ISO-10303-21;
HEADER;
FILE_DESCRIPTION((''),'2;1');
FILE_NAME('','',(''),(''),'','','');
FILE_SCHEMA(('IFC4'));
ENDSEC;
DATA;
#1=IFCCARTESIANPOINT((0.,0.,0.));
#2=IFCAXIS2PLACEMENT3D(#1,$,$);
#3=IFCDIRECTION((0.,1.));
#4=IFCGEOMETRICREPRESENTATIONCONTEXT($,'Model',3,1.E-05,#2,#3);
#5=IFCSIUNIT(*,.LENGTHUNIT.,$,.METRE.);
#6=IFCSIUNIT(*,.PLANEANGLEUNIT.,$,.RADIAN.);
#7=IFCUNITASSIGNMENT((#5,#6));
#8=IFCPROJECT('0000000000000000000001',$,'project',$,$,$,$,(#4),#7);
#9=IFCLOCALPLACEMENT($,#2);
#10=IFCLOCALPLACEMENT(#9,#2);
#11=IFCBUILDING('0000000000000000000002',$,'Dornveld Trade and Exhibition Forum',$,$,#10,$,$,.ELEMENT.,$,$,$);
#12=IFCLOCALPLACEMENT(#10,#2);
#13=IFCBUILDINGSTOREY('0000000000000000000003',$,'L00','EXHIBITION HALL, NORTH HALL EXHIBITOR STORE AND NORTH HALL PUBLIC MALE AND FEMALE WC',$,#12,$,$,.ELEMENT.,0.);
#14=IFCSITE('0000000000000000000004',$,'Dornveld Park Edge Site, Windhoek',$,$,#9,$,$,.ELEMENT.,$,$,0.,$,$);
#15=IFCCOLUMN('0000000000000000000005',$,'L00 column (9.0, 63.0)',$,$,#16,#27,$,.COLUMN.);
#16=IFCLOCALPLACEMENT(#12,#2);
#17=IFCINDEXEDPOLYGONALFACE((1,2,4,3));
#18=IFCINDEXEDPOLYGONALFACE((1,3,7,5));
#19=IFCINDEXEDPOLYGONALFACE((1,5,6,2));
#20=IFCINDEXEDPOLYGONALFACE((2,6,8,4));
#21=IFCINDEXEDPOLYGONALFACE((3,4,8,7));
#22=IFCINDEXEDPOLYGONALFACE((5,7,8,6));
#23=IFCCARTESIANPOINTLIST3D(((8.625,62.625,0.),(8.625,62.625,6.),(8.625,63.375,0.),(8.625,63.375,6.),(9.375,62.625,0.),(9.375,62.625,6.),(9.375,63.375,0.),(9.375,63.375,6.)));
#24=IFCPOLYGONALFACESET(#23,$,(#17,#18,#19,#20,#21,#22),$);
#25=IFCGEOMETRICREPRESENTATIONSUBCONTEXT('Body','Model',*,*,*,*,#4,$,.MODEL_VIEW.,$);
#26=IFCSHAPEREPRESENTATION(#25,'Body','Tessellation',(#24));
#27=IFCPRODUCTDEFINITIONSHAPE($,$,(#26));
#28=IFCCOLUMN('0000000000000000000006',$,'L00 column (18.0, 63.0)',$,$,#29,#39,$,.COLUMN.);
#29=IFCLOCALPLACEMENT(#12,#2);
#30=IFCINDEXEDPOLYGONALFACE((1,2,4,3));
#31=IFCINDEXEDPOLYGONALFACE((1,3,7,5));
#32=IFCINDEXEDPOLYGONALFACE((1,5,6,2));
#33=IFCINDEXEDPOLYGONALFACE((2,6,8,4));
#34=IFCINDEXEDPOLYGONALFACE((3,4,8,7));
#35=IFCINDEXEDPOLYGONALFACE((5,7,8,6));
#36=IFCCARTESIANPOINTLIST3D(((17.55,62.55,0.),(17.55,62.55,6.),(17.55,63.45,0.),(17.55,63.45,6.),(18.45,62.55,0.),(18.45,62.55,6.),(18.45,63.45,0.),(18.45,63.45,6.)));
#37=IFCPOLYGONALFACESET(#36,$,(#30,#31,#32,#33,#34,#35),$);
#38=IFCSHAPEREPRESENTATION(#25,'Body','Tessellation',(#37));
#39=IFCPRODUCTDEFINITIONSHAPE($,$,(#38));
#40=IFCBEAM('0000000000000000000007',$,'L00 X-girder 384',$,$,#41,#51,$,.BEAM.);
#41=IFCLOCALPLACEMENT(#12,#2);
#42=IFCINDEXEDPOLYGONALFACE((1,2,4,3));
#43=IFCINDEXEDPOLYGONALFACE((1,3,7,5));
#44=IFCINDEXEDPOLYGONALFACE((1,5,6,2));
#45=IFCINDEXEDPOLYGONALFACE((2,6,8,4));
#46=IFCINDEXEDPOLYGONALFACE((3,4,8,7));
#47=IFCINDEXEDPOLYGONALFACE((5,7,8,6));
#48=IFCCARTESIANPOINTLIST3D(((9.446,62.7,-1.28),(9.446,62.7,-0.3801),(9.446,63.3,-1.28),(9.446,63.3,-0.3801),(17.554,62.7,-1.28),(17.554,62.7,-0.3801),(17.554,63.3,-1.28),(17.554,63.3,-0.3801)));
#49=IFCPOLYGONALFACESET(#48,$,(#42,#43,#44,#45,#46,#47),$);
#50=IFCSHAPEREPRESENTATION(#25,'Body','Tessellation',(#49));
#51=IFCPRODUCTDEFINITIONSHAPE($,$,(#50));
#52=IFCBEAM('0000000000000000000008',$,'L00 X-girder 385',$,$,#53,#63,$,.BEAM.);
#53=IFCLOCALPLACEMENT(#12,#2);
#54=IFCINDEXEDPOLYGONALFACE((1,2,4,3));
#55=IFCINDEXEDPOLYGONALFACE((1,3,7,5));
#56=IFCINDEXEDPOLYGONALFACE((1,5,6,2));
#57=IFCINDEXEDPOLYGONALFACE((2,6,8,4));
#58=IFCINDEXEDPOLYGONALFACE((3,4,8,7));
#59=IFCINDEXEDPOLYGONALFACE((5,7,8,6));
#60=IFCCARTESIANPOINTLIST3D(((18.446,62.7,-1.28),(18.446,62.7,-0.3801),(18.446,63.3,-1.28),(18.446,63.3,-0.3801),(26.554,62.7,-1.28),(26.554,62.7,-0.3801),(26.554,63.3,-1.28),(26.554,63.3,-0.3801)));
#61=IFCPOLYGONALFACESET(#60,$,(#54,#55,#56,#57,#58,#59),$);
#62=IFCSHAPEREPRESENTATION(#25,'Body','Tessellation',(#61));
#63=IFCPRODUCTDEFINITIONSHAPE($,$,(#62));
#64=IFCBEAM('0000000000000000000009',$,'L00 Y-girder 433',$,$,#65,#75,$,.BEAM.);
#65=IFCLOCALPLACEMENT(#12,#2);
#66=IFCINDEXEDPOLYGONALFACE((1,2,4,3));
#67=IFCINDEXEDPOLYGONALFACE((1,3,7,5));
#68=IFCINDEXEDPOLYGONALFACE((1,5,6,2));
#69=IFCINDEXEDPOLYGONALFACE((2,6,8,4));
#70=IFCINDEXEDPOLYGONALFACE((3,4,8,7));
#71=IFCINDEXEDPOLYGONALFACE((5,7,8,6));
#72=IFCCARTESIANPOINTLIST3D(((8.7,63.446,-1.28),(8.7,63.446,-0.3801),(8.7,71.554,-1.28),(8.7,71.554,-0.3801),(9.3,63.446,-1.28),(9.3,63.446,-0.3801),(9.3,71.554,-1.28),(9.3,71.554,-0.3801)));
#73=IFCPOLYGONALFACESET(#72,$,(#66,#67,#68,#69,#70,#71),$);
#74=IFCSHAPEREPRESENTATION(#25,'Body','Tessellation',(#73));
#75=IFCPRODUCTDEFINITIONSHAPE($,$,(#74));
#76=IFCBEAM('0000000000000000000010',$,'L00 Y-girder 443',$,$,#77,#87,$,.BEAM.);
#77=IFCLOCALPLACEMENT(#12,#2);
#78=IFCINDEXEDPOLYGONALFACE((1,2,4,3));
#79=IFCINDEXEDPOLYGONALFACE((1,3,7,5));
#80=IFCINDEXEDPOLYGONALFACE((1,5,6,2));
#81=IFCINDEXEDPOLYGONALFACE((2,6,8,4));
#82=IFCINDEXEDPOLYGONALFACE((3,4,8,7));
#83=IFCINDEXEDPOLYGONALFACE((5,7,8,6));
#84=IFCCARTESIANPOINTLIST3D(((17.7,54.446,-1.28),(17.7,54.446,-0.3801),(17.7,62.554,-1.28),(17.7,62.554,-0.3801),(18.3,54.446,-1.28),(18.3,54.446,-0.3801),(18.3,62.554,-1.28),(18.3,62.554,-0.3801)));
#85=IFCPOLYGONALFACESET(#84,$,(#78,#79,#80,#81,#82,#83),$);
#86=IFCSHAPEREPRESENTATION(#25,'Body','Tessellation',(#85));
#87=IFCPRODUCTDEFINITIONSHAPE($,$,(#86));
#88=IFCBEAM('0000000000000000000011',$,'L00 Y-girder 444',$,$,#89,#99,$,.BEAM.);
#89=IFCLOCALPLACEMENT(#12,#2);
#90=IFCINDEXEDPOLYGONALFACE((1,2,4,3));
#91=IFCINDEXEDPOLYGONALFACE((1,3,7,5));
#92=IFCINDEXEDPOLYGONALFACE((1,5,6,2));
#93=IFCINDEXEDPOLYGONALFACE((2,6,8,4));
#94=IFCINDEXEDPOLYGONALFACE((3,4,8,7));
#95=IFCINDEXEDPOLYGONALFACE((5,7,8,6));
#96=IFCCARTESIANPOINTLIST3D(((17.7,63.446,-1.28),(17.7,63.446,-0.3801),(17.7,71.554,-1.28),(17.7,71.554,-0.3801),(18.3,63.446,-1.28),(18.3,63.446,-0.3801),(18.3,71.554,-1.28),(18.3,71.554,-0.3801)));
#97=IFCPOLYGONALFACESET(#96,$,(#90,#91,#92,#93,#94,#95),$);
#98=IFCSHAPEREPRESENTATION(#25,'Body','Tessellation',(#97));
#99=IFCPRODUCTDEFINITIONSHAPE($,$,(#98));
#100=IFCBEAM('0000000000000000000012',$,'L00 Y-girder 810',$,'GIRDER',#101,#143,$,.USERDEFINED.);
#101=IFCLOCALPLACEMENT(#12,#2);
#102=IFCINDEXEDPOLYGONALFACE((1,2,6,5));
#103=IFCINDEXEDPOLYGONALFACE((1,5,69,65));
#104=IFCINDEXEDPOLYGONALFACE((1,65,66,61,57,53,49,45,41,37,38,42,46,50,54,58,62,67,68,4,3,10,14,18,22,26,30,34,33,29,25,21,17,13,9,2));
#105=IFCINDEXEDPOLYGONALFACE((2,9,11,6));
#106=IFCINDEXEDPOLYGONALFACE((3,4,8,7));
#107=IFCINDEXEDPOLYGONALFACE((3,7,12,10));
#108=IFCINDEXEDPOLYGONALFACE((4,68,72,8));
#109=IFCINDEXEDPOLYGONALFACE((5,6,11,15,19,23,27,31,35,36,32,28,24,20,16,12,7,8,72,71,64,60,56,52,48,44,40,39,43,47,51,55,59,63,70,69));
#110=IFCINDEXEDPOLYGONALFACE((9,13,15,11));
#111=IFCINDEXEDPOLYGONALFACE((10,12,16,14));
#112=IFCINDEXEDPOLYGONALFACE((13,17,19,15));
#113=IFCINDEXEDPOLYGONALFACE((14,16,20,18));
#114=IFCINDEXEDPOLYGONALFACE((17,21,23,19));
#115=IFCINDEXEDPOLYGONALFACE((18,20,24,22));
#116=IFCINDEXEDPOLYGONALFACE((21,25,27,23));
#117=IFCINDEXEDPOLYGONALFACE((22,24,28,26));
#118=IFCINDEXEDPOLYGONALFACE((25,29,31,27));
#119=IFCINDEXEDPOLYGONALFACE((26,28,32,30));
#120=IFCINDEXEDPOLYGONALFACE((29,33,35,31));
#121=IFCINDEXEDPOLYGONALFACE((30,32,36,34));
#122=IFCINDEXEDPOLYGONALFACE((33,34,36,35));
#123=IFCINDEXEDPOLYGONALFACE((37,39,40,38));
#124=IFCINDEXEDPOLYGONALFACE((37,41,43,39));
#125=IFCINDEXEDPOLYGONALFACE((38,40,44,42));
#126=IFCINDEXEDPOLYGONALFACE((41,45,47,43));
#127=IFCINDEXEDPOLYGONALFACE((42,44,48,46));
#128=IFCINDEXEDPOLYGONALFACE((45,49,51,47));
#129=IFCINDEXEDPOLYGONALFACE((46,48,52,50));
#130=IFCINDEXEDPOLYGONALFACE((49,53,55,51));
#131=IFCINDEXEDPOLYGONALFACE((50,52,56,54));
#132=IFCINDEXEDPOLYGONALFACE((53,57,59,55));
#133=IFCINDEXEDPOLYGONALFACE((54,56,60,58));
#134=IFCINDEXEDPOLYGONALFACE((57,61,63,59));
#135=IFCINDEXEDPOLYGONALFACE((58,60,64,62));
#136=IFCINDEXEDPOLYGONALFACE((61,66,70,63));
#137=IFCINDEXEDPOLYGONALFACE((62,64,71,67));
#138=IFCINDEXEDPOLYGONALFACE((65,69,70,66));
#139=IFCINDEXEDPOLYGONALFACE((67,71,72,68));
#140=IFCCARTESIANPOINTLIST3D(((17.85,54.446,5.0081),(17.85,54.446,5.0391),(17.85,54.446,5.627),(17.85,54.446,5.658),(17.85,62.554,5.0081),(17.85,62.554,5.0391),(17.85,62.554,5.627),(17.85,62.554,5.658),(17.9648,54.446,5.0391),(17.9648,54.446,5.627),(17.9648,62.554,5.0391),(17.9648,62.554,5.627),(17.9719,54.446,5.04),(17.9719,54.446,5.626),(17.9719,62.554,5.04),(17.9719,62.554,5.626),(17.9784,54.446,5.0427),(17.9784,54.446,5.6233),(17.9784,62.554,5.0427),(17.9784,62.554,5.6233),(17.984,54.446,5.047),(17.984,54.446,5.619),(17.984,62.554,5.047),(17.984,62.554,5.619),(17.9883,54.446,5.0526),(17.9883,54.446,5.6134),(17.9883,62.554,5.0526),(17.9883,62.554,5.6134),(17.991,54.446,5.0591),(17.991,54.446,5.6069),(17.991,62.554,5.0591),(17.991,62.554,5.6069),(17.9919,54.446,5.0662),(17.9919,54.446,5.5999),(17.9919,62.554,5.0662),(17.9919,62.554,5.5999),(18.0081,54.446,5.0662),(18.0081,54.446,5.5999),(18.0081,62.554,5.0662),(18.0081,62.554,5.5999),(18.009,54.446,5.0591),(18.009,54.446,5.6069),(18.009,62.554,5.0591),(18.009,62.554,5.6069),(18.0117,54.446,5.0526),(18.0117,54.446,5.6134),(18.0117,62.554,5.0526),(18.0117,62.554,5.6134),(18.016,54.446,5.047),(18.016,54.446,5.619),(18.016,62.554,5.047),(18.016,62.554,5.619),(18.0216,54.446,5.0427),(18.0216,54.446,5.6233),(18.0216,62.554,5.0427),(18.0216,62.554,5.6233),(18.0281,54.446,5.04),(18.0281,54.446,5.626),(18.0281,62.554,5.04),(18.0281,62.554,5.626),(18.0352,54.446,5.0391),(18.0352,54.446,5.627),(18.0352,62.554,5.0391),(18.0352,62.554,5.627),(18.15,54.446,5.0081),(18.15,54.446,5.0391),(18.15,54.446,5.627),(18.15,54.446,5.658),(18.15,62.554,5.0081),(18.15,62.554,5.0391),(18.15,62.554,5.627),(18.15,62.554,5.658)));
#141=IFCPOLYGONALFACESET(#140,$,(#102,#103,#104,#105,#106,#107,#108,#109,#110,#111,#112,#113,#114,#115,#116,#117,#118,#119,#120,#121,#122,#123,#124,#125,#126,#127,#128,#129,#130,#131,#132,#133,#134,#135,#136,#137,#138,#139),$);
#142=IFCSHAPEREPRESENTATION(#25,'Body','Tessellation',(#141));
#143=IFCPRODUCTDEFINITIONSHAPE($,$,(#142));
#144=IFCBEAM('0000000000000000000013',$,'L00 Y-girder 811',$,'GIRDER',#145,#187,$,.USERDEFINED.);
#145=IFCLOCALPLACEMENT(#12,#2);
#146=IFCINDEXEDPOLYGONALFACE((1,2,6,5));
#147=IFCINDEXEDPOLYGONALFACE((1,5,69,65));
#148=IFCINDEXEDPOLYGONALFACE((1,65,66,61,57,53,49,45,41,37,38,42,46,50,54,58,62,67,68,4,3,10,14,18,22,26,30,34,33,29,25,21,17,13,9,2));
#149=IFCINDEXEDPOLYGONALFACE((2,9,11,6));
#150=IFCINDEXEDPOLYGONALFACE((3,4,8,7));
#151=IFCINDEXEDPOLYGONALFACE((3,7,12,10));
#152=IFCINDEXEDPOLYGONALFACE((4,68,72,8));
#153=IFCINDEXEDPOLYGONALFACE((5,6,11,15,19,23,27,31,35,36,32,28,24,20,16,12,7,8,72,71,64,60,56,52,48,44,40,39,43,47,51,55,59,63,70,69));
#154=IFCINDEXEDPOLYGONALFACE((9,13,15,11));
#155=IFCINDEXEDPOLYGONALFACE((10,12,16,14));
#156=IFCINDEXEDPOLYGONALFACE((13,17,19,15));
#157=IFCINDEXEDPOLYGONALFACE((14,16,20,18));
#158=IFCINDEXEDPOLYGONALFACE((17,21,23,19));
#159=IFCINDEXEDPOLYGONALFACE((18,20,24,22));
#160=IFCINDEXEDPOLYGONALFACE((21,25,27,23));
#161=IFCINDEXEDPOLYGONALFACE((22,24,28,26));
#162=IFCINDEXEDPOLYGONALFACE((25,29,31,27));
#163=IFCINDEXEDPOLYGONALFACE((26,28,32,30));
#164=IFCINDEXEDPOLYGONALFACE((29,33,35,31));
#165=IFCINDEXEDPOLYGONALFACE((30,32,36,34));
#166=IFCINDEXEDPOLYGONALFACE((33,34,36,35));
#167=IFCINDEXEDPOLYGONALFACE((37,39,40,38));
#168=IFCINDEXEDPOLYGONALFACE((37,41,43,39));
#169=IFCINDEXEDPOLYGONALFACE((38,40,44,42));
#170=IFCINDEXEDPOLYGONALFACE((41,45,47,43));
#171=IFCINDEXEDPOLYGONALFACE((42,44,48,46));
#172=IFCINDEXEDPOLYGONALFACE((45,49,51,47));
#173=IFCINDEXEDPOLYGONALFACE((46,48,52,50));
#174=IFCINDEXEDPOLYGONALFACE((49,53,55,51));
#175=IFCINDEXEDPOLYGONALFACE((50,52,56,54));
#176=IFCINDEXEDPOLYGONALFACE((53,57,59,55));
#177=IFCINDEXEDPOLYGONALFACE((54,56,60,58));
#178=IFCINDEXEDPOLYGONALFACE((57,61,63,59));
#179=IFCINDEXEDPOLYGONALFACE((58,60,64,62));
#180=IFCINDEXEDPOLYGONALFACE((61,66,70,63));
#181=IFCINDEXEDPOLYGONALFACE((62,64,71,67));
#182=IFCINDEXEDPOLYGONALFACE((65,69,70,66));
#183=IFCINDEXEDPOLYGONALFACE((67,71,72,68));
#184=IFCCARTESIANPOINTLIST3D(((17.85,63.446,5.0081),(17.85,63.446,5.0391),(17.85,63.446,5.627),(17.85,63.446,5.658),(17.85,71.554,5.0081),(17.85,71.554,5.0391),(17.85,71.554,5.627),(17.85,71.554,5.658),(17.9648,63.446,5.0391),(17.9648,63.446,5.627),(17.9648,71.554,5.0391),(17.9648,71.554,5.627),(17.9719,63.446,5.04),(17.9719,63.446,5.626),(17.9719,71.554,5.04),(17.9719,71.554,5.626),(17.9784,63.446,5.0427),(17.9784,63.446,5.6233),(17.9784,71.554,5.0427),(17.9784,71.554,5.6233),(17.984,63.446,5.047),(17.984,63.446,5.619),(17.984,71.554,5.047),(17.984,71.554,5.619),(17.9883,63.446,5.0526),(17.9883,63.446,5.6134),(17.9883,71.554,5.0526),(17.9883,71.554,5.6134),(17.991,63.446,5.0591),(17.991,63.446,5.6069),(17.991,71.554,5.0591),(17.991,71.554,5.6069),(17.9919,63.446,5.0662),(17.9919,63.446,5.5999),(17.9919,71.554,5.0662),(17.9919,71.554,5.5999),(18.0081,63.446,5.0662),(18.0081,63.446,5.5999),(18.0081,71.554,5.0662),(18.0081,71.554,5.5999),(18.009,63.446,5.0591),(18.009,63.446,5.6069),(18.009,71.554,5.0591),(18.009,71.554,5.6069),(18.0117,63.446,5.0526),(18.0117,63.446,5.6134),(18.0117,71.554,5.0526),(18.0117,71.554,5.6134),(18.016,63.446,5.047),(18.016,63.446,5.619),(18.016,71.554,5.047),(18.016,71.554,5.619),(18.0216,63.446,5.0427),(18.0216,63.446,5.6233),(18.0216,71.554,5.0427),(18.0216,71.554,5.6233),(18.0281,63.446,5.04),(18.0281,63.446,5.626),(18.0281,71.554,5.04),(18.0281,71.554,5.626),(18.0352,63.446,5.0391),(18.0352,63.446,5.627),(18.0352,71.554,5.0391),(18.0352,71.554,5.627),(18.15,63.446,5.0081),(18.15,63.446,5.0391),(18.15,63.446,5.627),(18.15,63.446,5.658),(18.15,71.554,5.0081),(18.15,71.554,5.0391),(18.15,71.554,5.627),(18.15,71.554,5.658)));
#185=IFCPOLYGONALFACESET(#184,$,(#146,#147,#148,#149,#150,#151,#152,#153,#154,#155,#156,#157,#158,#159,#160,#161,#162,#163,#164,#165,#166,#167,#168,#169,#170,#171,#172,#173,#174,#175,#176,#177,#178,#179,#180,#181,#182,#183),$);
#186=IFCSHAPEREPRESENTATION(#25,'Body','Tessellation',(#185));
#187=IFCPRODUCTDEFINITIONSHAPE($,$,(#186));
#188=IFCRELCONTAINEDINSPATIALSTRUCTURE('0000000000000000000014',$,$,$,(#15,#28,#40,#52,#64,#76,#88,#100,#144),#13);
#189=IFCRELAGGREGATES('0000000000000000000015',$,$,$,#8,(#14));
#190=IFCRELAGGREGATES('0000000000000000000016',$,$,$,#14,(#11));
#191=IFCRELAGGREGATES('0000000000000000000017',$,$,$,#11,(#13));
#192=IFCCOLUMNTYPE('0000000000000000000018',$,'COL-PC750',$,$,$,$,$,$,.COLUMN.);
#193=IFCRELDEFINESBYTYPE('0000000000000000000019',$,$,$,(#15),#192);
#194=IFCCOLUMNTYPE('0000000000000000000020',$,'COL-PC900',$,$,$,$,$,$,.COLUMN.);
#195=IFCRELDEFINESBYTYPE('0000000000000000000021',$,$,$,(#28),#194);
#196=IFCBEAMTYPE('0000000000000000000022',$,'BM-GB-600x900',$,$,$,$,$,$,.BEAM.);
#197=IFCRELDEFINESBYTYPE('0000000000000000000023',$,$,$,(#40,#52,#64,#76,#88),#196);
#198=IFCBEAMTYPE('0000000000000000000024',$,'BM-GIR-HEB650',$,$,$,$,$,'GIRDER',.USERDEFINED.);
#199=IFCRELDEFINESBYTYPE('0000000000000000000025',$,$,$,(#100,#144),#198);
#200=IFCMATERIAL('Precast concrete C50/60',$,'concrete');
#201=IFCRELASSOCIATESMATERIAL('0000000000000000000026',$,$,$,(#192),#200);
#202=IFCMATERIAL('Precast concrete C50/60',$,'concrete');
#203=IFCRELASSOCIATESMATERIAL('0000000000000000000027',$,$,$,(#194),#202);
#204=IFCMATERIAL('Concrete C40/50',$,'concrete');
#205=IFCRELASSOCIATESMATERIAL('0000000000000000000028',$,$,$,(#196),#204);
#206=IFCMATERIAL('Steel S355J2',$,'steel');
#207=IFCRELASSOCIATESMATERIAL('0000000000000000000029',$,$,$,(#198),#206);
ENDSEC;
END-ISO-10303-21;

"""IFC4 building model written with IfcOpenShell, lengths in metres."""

from ifc_helpers import new_model, si_unit, direction, frame, origin, origin_2d, place, context, subcontext, project, spatial, rectangle, i_section, extrude, material, material_profile, profile_set, type_object, element, save


model = new_model("IFC4")

# Units and contexts
model_context = context("Model", 3, precision=1e-05, world=origin(), true_north=direction((0.0, 1.0)))
body_context = subcontext(model_context, "Body", "Model", "MODEL_VIEW")
ifc_project = project(units=[si_unit("LENGTHUNIT", "METRE"), si_unit("PLANEANGLEUNIT", "RADIAN")], contexts=[model_context])

# Site, building, storey
site_placement = place(None, origin())
site = spatial("IfcSite", under=ifc_project, at=site_placement, Name="Dornveld Park Edge Site, Windhoek", CompositionType="ELEMENT", RefElevation=0.0)
building_placement = place(site_placement, origin())
building = spatial("IfcBuilding", under=site, at=building_placement, Name="Dornveld Trade and Exhibition Forum", CompositionType="ELEMENT")
storey_placement = place(building_placement, origin())
storey = spatial("IfcBuildingStorey", under=building, at=storey_placement, Name="L00", Description="EXHIBITION HALL, NORTH HALL EXHIBITOR STORE AND NORTH HALL PUBLIC MALE AND FEMALE WC", CompositionType="ELEMENT", Elevation=0.0)

# Columns
ifc_material_1 = material(Name="Precast concrete C50/60", Category="concrete")
ifc_material_profile_1 = material_profile(ifc_material_1, rectangle(XDim=0.75, YDim=0.75, at=origin_2d()), Name="PC-COL 750x750")
ifc_profile_set_1 = profile_set([ifc_material_profile_1], Name="Precast concrete C50/60")
column_type_1 = type_object("IfcColumnType", Name="COL-PC750", PredefinedType="COLUMN", material=ifc_profile_set_1)
column_1_placement = place(storey_placement, frame((9.0, 63.0, 0.0), z_axis=(0.0, 0.0, 1.0), x_axis=(1.0, 0.0, 0.0)))
element("IfcColumn", 1, at=column_1_placement, inside=storey, type_object=column_type_1, Name="L00 column (9.0, 63.0)", PredefinedType="COLUMN", context=body_context, shape_type="SweptSolid", body=[
    extrude(rectangle(XDim=0.75, YDim=0.75, at=origin_2d()), origin(), (0.0, 0.0, 1.0), 6.0),
])
ifc_material_2 = material(Name="Precast concrete C50/60", Category="concrete")
ifc_material_profile_2 = material_profile(ifc_material_2, rectangle(XDim=0.8999, YDim=0.8999, at=origin_2d()), Name="PC-COL 900x900")
ifc_profile_set_2 = profile_set([ifc_material_profile_2], Name="Precast concrete C50/60")
column_type_2 = type_object("IfcColumnType", Name="COL-PC900", PredefinedType="COLUMN", material=ifc_profile_set_2)
column_2_placement = place(storey_placement, frame((18.0, 63.0, 0.0), z_axis=(0.0, 0.0, 1.0), x_axis=(1.0, 0.0, 0.0)))
element("IfcColumn", 2, at=column_2_placement, inside=storey, type_object=column_type_2, Name="L00 column (18.0, 63.0)", PredefinedType="COLUMN", context=body_context, shape_type="SweptSolid", body=[
    extrude(rectangle(XDim=0.8999, YDim=0.8999, at=origin_2d()), origin(), (0.0, 0.0, 1.0), 6.0),
])

# Beams
ifc_material_3 = material(Name="Concrete C40/50", Category="concrete")
ifc_material_profile_3 = material_profile(ifc_material_3, rectangle(XDim=0.6001, YDim=0.8999, at=origin_2d()), Name="RC-GB 600x900")
ifc_profile_set_3 = profile_set([ifc_material_profile_3], Name="Concrete C40/50")
beam_type_1 = type_object("IfcBeamType", Name="BM-GB-600x900", PredefinedType="BEAM", material=ifc_profile_set_3)
for number, where, z_axis, x_axis, name in (
    (3, (9.446, 63.0, -0.8301), (1.0, 0.0, 0.0), (0.0, 1.0, 0.0), "L00 X-girder 384"),
    (4, (18.446, 63.0, -0.8301), (1.0, 0.0, 0.0), (0.0, 1.0, 0.0), "L00 X-girder 385"),
    (5, (9.0, 63.446, -0.8301), (0.0, 1.0, 0.0), (-1.0, 0.0, 0.0), "L00 Y-girder 433"),
    (6, (18.0, 54.446, -0.8301), (0.0, 1.0, 0.0), (-1.0, 0.0, 0.0), "L00 Y-girder 443"),
    (7, (18.0, 63.446, -0.8301), (0.0, 1.0, 0.0), (-1.0, 0.0, 0.0), "L00 Y-girder 444"),
):
    element("IfcBeam", number, at=place(storey_placement, frame(where, z_axis=z_axis, x_axis=x_axis)), inside=storey, type_object=beam_type_1, Name=name, PredefinedType="BEAM", context=body_context, shape_type="SweptSolid", body=[
        extrude(rectangle(XDim=0.6001, YDim=0.8999, at=origin_2d()), origin(), (0.0, 0.0, 1.0), 8.1079),
    ])
ifc_material_4 = material(Name="Steel S355J2", Category="steel")
ifc_material_profile_4 = material_profile(ifc_material_4, i_section(OverallWidth=0.3, OverallDepth=0.6499, WebThickness=0.0161, FlangeThickness=0.031, FilletRadius=0.0271, at=origin_2d()), Name="HEB 650")
ifc_profile_set_4 = profile_set([ifc_material_profile_4], Name="Steel S355J2")
beam_type_2 = type_object("IfcBeamType", Name="BM-GIR-HEB650", ElementType="GIRDER", PredefinedType="USERDEFINED", material=ifc_profile_set_4)
for number, where, z_axis, x_axis, name in (
    (8, (18.0, 54.446, 5.333), (0.0, 1.0, 0.0), (-1.0, 0.0, 0.0), "L00 Y-girder 810"),
    (9, (18.0, 63.446, 5.333), (0.0, 1.0, 0.0), (-1.0, 0.0, 0.0), "L00 Y-girder 811"),
):
    element("IfcBeam", number, at=place(storey_placement, frame(where, z_axis=z_axis, x_axis=x_axis)), inside=storey, type_object=beam_type_2, Name=name, ObjectType="GIRDER", PredefinedType="USERDEFINED", context=body_context, shape_type="SweptSolid", body=[
        extrude(i_section(OverallWidth=0.3, OverallDepth=0.6499, WebThickness=0.0161, FlangeThickness=0.031, FilletRadius=0.0271, at=origin_2d()), origin(), (0.0, 0.0, 1.0), 8.1079),
    ])

save(model, "model.ifc")
